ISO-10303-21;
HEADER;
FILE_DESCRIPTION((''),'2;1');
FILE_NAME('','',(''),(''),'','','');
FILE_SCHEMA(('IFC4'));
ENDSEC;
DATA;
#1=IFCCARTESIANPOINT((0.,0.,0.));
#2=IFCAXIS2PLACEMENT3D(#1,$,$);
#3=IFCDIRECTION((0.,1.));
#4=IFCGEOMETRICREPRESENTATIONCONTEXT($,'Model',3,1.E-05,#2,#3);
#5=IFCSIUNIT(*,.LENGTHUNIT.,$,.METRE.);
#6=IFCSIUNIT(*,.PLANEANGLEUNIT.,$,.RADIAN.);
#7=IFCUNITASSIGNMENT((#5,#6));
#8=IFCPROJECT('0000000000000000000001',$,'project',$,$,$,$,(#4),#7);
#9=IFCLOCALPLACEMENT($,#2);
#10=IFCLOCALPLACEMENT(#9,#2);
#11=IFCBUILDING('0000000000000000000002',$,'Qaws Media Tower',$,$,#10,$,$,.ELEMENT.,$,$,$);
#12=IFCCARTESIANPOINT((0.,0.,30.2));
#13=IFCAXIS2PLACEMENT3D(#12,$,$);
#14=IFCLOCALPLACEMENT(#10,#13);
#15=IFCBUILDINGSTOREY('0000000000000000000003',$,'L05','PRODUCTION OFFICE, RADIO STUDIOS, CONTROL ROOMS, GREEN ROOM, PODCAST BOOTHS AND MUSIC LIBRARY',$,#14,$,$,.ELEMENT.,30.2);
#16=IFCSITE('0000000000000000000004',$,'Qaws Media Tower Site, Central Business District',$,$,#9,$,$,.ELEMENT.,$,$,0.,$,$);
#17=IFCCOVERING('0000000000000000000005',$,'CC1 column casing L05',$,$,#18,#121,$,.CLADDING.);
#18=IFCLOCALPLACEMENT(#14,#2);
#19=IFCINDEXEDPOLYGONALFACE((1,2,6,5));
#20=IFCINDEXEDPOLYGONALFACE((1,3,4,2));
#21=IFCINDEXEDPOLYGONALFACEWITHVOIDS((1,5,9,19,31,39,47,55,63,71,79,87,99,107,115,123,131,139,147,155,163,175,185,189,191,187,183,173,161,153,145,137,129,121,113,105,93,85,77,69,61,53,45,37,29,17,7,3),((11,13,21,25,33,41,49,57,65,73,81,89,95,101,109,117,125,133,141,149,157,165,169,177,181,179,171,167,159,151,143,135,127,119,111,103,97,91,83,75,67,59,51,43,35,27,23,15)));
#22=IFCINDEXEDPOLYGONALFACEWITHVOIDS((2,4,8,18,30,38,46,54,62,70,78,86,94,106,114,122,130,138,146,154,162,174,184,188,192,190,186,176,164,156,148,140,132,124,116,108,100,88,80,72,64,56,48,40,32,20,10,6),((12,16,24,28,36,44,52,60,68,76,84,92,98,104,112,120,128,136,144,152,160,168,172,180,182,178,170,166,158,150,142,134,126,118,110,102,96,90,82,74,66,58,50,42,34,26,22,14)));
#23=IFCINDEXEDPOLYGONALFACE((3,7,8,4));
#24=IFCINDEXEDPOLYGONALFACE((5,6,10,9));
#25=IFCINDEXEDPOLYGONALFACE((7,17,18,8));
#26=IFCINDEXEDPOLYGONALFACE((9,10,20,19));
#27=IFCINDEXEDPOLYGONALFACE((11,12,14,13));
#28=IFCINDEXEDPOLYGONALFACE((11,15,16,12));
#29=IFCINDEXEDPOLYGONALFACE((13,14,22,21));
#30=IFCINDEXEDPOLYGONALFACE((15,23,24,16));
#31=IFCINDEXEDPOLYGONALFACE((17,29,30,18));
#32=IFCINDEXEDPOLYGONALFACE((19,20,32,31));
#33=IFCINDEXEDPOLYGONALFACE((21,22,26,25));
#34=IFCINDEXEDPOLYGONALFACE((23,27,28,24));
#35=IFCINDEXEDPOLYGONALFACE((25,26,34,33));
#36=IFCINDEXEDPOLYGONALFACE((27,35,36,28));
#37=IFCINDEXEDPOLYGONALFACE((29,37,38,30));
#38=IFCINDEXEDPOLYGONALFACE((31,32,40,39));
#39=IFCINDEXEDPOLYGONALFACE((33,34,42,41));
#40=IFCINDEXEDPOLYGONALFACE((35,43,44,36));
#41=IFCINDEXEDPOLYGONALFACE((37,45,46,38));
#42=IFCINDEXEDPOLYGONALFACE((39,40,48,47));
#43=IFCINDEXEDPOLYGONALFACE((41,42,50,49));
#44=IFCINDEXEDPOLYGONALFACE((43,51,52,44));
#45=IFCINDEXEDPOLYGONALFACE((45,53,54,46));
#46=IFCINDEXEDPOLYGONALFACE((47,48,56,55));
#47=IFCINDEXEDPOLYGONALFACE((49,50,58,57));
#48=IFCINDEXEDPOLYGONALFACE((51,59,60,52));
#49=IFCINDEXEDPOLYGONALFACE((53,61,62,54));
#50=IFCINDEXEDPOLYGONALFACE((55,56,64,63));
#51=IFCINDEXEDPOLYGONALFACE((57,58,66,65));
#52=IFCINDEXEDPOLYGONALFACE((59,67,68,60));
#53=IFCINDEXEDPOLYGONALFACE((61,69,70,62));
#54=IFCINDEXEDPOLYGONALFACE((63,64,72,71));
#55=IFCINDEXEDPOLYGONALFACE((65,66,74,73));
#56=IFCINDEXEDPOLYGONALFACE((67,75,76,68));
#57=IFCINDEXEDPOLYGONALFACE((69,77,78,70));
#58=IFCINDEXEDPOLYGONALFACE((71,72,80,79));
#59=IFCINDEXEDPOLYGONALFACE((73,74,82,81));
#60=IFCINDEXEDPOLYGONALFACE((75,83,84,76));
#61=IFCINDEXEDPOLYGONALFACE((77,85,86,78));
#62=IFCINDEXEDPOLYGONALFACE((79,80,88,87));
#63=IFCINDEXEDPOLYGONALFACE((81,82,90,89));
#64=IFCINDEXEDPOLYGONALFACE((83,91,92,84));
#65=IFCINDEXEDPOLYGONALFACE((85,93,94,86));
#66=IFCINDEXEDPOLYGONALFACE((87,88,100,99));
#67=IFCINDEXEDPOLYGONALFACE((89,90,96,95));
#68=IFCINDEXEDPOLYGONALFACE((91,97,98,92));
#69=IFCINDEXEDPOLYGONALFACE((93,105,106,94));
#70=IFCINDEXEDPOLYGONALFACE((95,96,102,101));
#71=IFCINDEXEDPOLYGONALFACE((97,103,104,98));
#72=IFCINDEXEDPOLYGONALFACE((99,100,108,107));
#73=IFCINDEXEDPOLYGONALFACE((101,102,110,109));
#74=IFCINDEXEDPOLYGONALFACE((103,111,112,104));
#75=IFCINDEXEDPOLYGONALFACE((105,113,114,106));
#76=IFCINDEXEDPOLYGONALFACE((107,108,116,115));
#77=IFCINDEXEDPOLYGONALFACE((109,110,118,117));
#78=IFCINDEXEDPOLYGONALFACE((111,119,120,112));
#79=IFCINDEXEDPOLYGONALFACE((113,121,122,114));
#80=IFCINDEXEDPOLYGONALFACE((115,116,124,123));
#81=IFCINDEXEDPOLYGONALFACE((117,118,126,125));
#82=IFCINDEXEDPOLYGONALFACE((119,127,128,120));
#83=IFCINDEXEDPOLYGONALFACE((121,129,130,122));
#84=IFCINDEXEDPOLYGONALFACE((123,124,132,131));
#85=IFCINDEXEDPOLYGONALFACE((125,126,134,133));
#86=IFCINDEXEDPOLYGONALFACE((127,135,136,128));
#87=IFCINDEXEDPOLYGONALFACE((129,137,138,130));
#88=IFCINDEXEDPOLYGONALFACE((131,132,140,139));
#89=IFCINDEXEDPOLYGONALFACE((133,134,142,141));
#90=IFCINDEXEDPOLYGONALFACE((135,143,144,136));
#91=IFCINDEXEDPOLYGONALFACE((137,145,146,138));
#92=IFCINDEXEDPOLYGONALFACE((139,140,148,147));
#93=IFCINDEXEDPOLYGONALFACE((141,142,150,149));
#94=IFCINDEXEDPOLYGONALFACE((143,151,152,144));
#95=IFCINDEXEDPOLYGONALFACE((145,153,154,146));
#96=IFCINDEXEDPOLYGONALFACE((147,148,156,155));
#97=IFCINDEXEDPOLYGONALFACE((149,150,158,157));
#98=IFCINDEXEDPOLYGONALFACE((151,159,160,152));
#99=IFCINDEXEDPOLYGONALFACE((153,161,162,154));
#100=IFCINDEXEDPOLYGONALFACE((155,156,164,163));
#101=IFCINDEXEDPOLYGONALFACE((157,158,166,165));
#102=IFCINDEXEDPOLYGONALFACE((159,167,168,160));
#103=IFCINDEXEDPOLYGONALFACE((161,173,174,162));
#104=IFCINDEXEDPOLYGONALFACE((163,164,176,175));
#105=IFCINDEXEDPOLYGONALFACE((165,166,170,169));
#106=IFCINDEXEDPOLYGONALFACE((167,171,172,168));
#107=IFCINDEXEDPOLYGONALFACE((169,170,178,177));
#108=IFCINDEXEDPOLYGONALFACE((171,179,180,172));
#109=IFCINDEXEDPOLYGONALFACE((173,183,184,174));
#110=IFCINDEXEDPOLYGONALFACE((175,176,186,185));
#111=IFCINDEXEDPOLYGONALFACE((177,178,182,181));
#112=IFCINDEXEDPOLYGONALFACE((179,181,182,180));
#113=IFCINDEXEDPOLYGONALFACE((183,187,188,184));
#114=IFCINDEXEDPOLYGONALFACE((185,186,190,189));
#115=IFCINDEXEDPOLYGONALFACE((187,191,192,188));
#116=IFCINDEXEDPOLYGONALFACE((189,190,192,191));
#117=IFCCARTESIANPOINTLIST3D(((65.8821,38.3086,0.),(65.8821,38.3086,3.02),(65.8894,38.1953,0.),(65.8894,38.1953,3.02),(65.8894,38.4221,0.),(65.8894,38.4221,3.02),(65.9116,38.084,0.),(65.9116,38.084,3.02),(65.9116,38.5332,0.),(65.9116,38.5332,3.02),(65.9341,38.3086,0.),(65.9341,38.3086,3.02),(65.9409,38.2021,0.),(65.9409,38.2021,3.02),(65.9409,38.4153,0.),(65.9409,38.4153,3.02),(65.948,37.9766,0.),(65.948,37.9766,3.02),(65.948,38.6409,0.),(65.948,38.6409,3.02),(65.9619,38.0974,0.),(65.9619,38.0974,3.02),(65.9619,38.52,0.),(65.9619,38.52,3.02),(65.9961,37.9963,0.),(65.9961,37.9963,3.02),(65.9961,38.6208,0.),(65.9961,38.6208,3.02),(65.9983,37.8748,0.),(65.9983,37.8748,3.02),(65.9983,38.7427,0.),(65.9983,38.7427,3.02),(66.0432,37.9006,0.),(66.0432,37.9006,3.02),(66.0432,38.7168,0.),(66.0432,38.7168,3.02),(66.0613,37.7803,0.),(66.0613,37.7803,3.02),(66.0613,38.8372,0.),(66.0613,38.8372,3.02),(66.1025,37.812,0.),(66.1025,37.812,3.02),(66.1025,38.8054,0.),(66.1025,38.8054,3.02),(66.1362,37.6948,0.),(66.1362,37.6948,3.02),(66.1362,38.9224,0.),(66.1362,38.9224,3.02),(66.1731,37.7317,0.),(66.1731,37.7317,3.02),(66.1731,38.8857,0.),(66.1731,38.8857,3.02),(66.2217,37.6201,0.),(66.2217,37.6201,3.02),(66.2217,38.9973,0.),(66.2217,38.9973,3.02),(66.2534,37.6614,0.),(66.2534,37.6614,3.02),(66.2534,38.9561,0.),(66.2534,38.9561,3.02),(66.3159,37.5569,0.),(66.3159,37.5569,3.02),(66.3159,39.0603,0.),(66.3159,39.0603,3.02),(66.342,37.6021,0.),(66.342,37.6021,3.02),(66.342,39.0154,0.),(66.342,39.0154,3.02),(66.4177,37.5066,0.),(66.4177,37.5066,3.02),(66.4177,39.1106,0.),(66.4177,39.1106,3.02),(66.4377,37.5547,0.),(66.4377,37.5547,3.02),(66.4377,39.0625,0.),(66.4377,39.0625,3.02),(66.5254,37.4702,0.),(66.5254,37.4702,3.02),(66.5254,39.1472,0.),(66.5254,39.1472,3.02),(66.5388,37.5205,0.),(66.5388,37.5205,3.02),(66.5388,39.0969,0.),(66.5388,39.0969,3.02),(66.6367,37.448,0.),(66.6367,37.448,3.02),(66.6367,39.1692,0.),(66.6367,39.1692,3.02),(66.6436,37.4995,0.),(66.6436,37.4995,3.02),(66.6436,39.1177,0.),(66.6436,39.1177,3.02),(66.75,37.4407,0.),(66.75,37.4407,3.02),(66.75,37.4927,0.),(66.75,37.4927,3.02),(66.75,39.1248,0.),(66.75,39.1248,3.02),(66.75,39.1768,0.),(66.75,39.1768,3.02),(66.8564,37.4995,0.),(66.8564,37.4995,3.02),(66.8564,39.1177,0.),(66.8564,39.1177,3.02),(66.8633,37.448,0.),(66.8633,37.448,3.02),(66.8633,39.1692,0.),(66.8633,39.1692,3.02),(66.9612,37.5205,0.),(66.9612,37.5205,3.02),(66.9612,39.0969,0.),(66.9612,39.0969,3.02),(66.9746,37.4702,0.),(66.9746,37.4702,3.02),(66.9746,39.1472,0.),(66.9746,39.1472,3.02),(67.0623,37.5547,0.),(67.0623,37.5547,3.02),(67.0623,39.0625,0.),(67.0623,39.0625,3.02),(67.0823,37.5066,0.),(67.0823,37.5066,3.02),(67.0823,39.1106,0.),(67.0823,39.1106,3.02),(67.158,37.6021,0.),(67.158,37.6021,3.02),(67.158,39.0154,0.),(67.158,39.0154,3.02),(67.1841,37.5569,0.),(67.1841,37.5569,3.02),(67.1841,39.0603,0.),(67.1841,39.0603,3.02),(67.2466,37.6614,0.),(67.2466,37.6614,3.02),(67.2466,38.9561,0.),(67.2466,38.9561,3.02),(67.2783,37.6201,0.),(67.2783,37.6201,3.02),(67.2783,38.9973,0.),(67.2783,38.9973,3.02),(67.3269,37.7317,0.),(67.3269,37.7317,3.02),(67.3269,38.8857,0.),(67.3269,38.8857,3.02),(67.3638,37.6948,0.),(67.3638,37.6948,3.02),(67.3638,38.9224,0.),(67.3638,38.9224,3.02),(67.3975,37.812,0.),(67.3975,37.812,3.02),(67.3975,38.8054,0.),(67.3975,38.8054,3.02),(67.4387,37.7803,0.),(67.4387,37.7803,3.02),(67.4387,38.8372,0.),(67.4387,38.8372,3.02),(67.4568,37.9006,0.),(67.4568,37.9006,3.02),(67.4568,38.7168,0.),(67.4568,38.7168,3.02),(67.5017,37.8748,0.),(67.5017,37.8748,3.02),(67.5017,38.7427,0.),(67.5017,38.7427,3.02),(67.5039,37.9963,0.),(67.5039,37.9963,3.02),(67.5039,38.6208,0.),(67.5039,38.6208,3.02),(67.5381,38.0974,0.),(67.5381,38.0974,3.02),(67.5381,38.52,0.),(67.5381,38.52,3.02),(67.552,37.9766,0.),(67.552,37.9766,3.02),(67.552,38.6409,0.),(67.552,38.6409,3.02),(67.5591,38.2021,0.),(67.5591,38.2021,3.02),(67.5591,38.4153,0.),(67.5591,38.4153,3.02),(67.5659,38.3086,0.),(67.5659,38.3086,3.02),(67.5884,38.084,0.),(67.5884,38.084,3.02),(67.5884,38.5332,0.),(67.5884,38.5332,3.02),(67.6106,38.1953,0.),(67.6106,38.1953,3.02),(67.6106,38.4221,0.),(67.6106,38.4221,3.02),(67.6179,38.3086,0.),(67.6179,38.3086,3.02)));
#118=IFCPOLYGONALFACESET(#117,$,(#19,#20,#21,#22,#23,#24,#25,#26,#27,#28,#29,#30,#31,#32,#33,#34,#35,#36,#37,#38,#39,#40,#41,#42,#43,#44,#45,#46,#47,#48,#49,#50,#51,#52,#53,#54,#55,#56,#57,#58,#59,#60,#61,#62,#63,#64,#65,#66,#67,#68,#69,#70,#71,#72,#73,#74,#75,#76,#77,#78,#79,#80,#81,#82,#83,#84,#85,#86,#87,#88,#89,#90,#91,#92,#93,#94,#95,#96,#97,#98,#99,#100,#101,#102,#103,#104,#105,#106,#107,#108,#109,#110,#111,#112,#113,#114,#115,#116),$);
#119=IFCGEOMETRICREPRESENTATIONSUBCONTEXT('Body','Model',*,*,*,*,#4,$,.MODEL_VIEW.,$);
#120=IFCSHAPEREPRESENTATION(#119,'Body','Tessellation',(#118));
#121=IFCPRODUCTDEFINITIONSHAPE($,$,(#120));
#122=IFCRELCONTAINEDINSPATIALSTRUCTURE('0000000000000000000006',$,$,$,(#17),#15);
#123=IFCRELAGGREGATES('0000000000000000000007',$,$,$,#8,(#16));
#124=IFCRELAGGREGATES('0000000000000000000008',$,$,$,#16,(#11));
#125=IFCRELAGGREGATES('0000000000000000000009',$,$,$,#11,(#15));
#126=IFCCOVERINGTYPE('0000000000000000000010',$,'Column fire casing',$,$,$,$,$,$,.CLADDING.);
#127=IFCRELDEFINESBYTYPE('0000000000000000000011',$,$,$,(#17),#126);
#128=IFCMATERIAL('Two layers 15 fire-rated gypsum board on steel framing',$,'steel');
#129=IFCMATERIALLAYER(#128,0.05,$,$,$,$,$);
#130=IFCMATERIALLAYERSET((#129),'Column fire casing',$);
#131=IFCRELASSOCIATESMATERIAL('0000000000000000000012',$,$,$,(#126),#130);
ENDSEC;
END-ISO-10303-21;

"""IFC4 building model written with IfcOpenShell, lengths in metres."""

from ifc_helpers import new_model, si_unit, direction, frame, origin, place, context, subcontext, project, spatial, polyline, outline, extrude, material, layer, layer_set, type_object, element, save


model = new_model("IFC4")

# Units and contexts
model_context = context("Model", 3, precision=1e-05, world=origin(), true_north=direction((0.0, 1.0)))
body_context = subcontext(model_context, "Body", "Model", "MODEL_VIEW")
ifc_project = project(units=[si_unit("LENGTHUNIT", "METRE"), si_unit("PLANEANGLEUNIT", "RADIAN")], contexts=[model_context])

# Site, building, storey
site_placement = place(None, origin())
site = spatial("IfcSite", under=ifc_project, at=site_placement, Name="Qaws Media Tower Site, Central Business District", CompositionType="ELEMENT", RefElevation=0.0)
building_placement = place(site_placement, origin())
building = spatial("IfcBuilding", under=site, at=building_placement, Name="Qaws Media Tower", CompositionType="ELEMENT")
storey_placement = place(building_placement, frame((0.0, 0.0, 30.2)))
storey = spatial("IfcBuildingStorey", under=building, at=storey_placement, Name="L05", Description="PRODUCTION OFFICE, RADIO STUDIOS, CONTROL ROOMS, GREEN ROOM, PODCAST BOOTHS AND MUSIC LIBRARY", CompositionType="ELEMENT", Elevation=30.2)

# Covering
ifc_material_1 = material(Name="Two layers 15 fire-rated gypsum board on steel framing", Category="steel")
ifc_layer_1 = layer(ifc_material_1, 0.05)
ifc_layer_set_1 = layer_set([ifc_layer_1], Name="Column fire casing")
covering_type_1 = type_object("IfcCoveringType", Name="Column fire casing", PredefinedType="CLADDING", material=ifc_layer_set_1)
covering_1_placement = place(storey_placement, origin())
element("IfcCovering", 1, at=covering_1_placement, inside=storey, type_object=covering_type_1, Name="CC1 column casing L05", PredefinedType="CLADDING", context=body_context, shape_type="SweptSolid", body=[
    extrude(outline(polyline([(67.6179, 38.3086), (67.6106, 38.1953), (67.5884, 38.084), (67.552, 37.9766), (67.5017, 37.8748), (67.4387, 37.7803), (67.3638, 37.6948), (67.2783, 37.6201), (67.1841, 37.5569), (67.0823, 37.5066), (66.9746, 37.4702), (66.8633, 37.448), (66.75, 37.4407), (66.6367, 37.448), (66.5254, 37.4702), (66.4177, 37.5066), (66.3159, 37.5569), (66.2217, 37.6201), (66.1362, 37.6948), (66.0613, 37.7803), (65.9983, 37.8748), (65.948, 37.9766), (65.9116, 38.084), (65.8894, 38.1953), (65.8821, 38.3086), (65.8894, 38.4221), (65.9116, 38.5332), (65.948, 38.6409), (65.9983, 38.7427), (66.0613, 38.8372), (66.1362, 38.9224), (66.2217, 38.9973), (66.3159, 39.0603), (66.4177, 39.1106), (66.5254, 39.1472), (66.6367, 39.1692), (66.75, 39.1768), (66.8633, 39.1692), (66.9746, 39.1472), (67.0823, 39.1106), (67.1841, 39.0603), (67.2783, 38.9973), (67.3638, 38.9224), (67.4387, 38.8372), (67.5017, 38.7427), (67.552, 38.6409), (67.5884, 38.5332), (67.6106, 38.4221), (67.6179, 38.3086)]), holes=[polyline([(67.5659, 38.3086), (67.5591, 38.2021), (67.5381, 38.0974), (67.5039, 37.9963), (67.4568, 37.9006), (67.3975, 37.812), (67.3269, 37.7317), (67.2466, 37.6614), (67.158, 37.6021), (67.0623, 37.5547), (66.9612, 37.5205), (66.8564, 37.4995), (66.75, 37.4927), (66.6436, 37.4995), (66.5388, 37.5205), (66.4377, 37.5547), (66.342, 37.6021), (66.2534, 37.6614), (66.1731, 37.7317), (66.1025, 37.812), (66.0432, 37.9006), (65.9961, 37.9963), (65.9619, 38.0974), (65.9409, 38.2021), (65.9341, 38.3086), (65.9409, 38.4153), (65.9619, 38.52), (65.9961, 38.6208), (66.0432, 38.7168), (66.1025, 38.8054), (66.1731, 38.8857), (66.2534, 38.9561), (66.342, 39.0154), (66.4377, 39.0625), (66.5388, 39.0969), (66.6436, 39.1177), (66.75, 39.1248), (66.8564, 39.1177), (66.9612, 39.0969), (67.0623, 39.0625), (67.158, 39.0154), (67.2466, 38.9561), (67.3269, 38.8857), (67.3975, 38.8054), (67.4568, 38.7168), (67.5039, 38.6208), (67.5381, 38.52), (67.5591, 38.4153), (67.5659, 38.3086)])]), origin(), (0.0, 0.0, 1.0), 3.02),
])

save(model, "model.ifc")
